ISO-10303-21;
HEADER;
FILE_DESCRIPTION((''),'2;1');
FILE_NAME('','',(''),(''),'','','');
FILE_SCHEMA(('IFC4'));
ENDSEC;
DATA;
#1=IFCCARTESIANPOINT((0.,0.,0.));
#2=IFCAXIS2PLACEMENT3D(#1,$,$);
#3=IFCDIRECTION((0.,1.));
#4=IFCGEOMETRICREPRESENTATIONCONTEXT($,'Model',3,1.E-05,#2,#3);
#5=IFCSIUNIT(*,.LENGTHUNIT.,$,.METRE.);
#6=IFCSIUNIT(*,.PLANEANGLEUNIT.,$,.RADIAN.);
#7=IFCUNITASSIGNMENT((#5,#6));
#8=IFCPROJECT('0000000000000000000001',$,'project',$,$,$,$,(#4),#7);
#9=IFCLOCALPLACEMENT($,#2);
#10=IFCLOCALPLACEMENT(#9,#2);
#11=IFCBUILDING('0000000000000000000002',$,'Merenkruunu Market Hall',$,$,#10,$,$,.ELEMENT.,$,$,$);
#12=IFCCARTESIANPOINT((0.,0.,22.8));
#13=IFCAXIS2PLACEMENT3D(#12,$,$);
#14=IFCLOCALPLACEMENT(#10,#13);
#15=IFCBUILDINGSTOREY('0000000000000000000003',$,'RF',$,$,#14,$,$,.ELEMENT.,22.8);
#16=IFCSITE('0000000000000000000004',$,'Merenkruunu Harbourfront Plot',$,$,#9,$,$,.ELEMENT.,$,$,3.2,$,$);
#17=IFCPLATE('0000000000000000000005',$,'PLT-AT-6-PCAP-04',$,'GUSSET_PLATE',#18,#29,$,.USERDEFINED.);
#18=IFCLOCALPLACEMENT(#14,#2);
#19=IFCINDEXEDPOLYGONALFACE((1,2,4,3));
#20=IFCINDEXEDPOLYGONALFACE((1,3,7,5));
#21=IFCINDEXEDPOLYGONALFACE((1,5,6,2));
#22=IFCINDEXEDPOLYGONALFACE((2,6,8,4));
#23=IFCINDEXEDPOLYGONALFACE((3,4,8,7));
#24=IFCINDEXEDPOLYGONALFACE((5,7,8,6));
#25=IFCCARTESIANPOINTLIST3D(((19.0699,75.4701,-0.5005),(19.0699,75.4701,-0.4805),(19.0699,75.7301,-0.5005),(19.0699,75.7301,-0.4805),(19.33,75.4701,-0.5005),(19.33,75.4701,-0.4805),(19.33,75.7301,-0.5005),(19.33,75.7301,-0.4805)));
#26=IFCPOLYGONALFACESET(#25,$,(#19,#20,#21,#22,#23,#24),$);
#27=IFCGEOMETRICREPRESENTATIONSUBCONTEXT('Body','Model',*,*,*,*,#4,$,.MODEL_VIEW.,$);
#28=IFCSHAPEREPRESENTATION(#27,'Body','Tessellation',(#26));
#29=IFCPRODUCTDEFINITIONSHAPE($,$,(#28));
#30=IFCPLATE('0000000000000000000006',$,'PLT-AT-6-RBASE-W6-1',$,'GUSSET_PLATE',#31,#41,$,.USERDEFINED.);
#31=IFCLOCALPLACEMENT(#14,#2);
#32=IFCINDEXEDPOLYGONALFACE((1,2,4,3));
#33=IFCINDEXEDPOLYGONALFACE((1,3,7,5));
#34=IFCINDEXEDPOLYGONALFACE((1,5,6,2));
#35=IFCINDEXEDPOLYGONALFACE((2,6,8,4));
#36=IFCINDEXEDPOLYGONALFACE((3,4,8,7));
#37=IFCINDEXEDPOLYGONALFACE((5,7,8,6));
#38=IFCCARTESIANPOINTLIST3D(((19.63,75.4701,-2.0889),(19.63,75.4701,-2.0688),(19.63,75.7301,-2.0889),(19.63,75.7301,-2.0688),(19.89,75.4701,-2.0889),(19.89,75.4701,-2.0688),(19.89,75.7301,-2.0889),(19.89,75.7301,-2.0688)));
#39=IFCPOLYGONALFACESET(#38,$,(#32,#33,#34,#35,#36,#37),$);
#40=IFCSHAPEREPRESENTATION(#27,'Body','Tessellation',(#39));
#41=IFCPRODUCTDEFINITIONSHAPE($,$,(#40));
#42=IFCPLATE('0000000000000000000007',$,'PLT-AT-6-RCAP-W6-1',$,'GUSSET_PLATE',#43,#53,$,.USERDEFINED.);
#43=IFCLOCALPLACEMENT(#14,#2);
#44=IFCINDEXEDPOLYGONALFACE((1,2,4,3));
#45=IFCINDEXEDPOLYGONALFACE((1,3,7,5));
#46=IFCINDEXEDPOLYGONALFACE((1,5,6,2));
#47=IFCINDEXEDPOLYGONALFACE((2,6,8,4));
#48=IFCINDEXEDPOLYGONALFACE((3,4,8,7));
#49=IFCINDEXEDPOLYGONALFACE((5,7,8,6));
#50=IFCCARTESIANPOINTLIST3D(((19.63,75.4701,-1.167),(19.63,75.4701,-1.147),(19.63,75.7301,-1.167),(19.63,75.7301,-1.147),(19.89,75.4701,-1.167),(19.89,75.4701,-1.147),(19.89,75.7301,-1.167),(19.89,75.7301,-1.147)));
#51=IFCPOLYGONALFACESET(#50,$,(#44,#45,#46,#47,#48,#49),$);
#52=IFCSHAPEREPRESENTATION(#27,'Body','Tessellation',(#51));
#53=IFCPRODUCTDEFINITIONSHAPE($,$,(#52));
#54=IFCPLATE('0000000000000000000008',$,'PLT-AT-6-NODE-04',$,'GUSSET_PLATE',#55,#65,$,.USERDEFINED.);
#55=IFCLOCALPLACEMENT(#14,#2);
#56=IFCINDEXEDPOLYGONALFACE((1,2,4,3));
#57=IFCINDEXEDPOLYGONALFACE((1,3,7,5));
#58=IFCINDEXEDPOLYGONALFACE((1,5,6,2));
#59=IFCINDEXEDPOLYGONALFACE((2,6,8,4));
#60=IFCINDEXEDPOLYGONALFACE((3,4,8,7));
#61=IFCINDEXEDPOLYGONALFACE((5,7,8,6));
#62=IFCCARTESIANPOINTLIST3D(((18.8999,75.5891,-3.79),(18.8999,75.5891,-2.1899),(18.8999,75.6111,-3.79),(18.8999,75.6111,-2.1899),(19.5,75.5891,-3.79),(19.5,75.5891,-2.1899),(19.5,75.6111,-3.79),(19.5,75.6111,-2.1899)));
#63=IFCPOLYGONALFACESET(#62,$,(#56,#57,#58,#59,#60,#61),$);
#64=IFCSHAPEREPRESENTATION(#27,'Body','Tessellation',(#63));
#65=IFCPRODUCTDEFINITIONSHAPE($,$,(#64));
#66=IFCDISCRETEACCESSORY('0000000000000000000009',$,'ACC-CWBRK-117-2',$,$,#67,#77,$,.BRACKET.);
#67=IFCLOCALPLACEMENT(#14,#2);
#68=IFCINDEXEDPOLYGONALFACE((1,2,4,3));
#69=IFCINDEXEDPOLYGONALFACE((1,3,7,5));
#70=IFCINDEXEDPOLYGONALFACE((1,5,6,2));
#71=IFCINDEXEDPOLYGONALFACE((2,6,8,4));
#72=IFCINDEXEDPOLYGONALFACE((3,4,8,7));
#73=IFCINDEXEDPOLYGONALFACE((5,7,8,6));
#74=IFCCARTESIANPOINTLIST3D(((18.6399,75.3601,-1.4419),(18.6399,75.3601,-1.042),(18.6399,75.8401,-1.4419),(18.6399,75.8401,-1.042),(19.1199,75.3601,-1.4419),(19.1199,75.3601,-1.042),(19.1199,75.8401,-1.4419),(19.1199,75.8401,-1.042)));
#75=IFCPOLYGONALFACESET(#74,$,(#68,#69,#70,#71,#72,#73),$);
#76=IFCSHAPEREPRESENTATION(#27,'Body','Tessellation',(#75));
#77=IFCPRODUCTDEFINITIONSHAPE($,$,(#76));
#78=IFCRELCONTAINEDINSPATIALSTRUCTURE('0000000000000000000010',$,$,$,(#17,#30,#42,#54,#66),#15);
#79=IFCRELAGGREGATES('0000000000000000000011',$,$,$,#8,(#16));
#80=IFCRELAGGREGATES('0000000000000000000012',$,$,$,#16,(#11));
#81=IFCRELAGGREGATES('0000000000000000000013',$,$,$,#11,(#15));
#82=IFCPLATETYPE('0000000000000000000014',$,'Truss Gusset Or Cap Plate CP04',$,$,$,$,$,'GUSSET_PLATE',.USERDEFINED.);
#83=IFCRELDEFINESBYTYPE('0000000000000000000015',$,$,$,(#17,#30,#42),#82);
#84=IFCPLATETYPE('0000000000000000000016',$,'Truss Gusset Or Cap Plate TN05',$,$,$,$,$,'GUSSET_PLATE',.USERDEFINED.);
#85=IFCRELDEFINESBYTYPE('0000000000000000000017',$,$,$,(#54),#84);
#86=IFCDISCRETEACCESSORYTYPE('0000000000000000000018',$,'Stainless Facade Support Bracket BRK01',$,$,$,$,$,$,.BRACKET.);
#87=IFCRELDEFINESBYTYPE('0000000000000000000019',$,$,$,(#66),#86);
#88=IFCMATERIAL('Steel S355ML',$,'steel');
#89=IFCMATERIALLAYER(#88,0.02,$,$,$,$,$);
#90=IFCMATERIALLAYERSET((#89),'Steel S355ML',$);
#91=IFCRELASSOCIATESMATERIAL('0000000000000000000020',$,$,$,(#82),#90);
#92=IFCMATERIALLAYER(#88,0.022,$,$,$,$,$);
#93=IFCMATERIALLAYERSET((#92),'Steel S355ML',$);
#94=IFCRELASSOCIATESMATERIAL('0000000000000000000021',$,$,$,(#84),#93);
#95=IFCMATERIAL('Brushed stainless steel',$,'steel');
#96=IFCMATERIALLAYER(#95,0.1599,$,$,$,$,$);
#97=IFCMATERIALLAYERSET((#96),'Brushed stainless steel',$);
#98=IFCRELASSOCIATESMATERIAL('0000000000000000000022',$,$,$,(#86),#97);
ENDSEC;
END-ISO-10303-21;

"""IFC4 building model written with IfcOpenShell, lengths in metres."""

from ifc_helpers import new_model, si_unit, direction, frame, origin, origin_2d, place, context, subcontext, project, spatial, rectangle, extrude, material, layer, layer_set, type_object, element, save


model = new_model("IFC4")

# Units and contexts
model_context = context("Model", 3, precision=1e-05, world=origin(), true_north=direction((0.0, 1.0)))
body_context = subcontext(model_context, "Body", "Model", "MODEL_VIEW")
ifc_project = project(units=[si_unit("LENGTHUNIT", "METRE"), si_unit("PLANEANGLEUNIT", "RADIAN")], contexts=[model_context])

# Site, building, storey
site_placement = place(None, origin())
site = spatial("IfcSite", under=ifc_project, at=site_placement, Name="Merenkruunu Harbourfront Plot", CompositionType="ELEMENT", RefElevation=3.2)
building_placement = place(site_placement, origin())
building = spatial("IfcBuilding", under=site, at=building_placement, Name="Merenkruunu Market Hall", CompositionType="ELEMENT")
storey_placement = place(building_placement, frame((0.0, 0.0, 22.8)))
storey = spatial("IfcBuildingStorey", under=building, at=storey_placement, Name="RF", CompositionType="ELEMENT", Elevation=22.8)

# Shared definitions
ifc_material_1 = material(Name="Steel S355ML", Category="steel")

# Plates
ifc_layer_1 = layer(ifc_material_1, 0.02)
ifc_layer_set_1 = layer_set([ifc_layer_1], Name="Steel S355ML")
plate_type_1 = type_object("IfcPlateType", Name="Truss Gusset Or Cap Plate CP04", ElementType="GUSSET_PLATE", PredefinedType="USERDEFINED", material=ifc_layer_set_1)
for number, where, z_axis, x_axis, name in (
    (1, (19.2, 75.6001, -0.5005), (0.0, 0.0, 1.0), (1.0, 0.0, 0.0), "PLT-AT-6-PCAP-04"),
    (2, (19.76, 75.6001, -2.0889), (0.0, 0.0, 1.0), (1.0, 0.0, 0.0), "PLT-AT-6-RBASE-W6-1"),
    (3, (19.76, 75.6001, -1.167), (0.0, 0.0, 1.0), (1.0, 0.0, 0.0), "PLT-AT-6-RCAP-W6-1"),
):
    element("IfcPlate", number, at=place(storey_placement, frame(where, z_axis=z_axis, x_axis=x_axis)), inside=storey, type_object=plate_type_1, Name=name, ObjectType="GUSSET_PLATE", PredefinedType="USERDEFINED", context=body_context, shape_type="SweptSolid", body=[
        extrude(rectangle(XDim=0.26, YDim=0.26, at=origin_2d()), origin(), (0.0, 0.0, 1.0), 0.02),
    ])
ifc_layer_2 = layer(ifc_material_1, 0.022)
ifc_layer_set_2 = layer_set([ifc_layer_2], Name="Steel S355ML")
plate_type_2 = type_object("IfcPlateType", Name="Truss Gusset Or Cap Plate TN05", ElementType="GUSSET_PLATE", PredefinedType="USERDEFINED", material=ifc_layer_set_2)
plate_placement = place(storey_placement, frame((19.2, 75.6001, -3.79), z_axis=(0.0, 0.0, 1.0), x_axis=(1.0, 0.0, 0.0)))
element("IfcPlate", 4, at=plate_placement, inside=storey, type_object=plate_type_2, Name="PLT-AT-6-NODE-04", ObjectType="GUSSET_PLATE", PredefinedType="USERDEFINED", context=body_context, shape_type="SweptSolid", body=[
    extrude(rectangle(XDim=0.6001, YDim=0.022, at=origin_2d()), origin(), (0.0, 0.0, 1.0), 1.6001),
])

# Discrete accessory
ifc_material_2 = material(Name="Brushed stainless steel", Category="steel")
ifc_layer_3 = layer(ifc_material_2, 0.1599)
ifc_layer_set_3 = layer_set([ifc_layer_3], Name="Brushed stainless steel")
discrete_accessory_type = type_object("IfcDiscreteAccessoryType", Name="Stainless Facade Support Bracket BRK01", PredefinedType="BRACKET", material=ifc_layer_set_3)
discrete_accessory_placement = place(storey_placement, frame((18.8799, 75.6001, -1.4419), z_axis=(0.0, 0.0, 1.0), x_axis=(1.0, 0.0, 0.0)))
element("IfcDiscreteAccessory", 5, at=discrete_accessory_placement, inside=storey, type_object=discrete_accessory_type, Name="ACC-CWBRK-117-2", PredefinedType="BRACKET", context=body_context, shape_type="SweptSolid", body=[
    extrude(rectangle(XDim=0.48, YDim=0.48, at=origin_2d()), origin(), (0.0, 0.0, 1.0), 0.3999),
])

save(model, "model.ifc")
